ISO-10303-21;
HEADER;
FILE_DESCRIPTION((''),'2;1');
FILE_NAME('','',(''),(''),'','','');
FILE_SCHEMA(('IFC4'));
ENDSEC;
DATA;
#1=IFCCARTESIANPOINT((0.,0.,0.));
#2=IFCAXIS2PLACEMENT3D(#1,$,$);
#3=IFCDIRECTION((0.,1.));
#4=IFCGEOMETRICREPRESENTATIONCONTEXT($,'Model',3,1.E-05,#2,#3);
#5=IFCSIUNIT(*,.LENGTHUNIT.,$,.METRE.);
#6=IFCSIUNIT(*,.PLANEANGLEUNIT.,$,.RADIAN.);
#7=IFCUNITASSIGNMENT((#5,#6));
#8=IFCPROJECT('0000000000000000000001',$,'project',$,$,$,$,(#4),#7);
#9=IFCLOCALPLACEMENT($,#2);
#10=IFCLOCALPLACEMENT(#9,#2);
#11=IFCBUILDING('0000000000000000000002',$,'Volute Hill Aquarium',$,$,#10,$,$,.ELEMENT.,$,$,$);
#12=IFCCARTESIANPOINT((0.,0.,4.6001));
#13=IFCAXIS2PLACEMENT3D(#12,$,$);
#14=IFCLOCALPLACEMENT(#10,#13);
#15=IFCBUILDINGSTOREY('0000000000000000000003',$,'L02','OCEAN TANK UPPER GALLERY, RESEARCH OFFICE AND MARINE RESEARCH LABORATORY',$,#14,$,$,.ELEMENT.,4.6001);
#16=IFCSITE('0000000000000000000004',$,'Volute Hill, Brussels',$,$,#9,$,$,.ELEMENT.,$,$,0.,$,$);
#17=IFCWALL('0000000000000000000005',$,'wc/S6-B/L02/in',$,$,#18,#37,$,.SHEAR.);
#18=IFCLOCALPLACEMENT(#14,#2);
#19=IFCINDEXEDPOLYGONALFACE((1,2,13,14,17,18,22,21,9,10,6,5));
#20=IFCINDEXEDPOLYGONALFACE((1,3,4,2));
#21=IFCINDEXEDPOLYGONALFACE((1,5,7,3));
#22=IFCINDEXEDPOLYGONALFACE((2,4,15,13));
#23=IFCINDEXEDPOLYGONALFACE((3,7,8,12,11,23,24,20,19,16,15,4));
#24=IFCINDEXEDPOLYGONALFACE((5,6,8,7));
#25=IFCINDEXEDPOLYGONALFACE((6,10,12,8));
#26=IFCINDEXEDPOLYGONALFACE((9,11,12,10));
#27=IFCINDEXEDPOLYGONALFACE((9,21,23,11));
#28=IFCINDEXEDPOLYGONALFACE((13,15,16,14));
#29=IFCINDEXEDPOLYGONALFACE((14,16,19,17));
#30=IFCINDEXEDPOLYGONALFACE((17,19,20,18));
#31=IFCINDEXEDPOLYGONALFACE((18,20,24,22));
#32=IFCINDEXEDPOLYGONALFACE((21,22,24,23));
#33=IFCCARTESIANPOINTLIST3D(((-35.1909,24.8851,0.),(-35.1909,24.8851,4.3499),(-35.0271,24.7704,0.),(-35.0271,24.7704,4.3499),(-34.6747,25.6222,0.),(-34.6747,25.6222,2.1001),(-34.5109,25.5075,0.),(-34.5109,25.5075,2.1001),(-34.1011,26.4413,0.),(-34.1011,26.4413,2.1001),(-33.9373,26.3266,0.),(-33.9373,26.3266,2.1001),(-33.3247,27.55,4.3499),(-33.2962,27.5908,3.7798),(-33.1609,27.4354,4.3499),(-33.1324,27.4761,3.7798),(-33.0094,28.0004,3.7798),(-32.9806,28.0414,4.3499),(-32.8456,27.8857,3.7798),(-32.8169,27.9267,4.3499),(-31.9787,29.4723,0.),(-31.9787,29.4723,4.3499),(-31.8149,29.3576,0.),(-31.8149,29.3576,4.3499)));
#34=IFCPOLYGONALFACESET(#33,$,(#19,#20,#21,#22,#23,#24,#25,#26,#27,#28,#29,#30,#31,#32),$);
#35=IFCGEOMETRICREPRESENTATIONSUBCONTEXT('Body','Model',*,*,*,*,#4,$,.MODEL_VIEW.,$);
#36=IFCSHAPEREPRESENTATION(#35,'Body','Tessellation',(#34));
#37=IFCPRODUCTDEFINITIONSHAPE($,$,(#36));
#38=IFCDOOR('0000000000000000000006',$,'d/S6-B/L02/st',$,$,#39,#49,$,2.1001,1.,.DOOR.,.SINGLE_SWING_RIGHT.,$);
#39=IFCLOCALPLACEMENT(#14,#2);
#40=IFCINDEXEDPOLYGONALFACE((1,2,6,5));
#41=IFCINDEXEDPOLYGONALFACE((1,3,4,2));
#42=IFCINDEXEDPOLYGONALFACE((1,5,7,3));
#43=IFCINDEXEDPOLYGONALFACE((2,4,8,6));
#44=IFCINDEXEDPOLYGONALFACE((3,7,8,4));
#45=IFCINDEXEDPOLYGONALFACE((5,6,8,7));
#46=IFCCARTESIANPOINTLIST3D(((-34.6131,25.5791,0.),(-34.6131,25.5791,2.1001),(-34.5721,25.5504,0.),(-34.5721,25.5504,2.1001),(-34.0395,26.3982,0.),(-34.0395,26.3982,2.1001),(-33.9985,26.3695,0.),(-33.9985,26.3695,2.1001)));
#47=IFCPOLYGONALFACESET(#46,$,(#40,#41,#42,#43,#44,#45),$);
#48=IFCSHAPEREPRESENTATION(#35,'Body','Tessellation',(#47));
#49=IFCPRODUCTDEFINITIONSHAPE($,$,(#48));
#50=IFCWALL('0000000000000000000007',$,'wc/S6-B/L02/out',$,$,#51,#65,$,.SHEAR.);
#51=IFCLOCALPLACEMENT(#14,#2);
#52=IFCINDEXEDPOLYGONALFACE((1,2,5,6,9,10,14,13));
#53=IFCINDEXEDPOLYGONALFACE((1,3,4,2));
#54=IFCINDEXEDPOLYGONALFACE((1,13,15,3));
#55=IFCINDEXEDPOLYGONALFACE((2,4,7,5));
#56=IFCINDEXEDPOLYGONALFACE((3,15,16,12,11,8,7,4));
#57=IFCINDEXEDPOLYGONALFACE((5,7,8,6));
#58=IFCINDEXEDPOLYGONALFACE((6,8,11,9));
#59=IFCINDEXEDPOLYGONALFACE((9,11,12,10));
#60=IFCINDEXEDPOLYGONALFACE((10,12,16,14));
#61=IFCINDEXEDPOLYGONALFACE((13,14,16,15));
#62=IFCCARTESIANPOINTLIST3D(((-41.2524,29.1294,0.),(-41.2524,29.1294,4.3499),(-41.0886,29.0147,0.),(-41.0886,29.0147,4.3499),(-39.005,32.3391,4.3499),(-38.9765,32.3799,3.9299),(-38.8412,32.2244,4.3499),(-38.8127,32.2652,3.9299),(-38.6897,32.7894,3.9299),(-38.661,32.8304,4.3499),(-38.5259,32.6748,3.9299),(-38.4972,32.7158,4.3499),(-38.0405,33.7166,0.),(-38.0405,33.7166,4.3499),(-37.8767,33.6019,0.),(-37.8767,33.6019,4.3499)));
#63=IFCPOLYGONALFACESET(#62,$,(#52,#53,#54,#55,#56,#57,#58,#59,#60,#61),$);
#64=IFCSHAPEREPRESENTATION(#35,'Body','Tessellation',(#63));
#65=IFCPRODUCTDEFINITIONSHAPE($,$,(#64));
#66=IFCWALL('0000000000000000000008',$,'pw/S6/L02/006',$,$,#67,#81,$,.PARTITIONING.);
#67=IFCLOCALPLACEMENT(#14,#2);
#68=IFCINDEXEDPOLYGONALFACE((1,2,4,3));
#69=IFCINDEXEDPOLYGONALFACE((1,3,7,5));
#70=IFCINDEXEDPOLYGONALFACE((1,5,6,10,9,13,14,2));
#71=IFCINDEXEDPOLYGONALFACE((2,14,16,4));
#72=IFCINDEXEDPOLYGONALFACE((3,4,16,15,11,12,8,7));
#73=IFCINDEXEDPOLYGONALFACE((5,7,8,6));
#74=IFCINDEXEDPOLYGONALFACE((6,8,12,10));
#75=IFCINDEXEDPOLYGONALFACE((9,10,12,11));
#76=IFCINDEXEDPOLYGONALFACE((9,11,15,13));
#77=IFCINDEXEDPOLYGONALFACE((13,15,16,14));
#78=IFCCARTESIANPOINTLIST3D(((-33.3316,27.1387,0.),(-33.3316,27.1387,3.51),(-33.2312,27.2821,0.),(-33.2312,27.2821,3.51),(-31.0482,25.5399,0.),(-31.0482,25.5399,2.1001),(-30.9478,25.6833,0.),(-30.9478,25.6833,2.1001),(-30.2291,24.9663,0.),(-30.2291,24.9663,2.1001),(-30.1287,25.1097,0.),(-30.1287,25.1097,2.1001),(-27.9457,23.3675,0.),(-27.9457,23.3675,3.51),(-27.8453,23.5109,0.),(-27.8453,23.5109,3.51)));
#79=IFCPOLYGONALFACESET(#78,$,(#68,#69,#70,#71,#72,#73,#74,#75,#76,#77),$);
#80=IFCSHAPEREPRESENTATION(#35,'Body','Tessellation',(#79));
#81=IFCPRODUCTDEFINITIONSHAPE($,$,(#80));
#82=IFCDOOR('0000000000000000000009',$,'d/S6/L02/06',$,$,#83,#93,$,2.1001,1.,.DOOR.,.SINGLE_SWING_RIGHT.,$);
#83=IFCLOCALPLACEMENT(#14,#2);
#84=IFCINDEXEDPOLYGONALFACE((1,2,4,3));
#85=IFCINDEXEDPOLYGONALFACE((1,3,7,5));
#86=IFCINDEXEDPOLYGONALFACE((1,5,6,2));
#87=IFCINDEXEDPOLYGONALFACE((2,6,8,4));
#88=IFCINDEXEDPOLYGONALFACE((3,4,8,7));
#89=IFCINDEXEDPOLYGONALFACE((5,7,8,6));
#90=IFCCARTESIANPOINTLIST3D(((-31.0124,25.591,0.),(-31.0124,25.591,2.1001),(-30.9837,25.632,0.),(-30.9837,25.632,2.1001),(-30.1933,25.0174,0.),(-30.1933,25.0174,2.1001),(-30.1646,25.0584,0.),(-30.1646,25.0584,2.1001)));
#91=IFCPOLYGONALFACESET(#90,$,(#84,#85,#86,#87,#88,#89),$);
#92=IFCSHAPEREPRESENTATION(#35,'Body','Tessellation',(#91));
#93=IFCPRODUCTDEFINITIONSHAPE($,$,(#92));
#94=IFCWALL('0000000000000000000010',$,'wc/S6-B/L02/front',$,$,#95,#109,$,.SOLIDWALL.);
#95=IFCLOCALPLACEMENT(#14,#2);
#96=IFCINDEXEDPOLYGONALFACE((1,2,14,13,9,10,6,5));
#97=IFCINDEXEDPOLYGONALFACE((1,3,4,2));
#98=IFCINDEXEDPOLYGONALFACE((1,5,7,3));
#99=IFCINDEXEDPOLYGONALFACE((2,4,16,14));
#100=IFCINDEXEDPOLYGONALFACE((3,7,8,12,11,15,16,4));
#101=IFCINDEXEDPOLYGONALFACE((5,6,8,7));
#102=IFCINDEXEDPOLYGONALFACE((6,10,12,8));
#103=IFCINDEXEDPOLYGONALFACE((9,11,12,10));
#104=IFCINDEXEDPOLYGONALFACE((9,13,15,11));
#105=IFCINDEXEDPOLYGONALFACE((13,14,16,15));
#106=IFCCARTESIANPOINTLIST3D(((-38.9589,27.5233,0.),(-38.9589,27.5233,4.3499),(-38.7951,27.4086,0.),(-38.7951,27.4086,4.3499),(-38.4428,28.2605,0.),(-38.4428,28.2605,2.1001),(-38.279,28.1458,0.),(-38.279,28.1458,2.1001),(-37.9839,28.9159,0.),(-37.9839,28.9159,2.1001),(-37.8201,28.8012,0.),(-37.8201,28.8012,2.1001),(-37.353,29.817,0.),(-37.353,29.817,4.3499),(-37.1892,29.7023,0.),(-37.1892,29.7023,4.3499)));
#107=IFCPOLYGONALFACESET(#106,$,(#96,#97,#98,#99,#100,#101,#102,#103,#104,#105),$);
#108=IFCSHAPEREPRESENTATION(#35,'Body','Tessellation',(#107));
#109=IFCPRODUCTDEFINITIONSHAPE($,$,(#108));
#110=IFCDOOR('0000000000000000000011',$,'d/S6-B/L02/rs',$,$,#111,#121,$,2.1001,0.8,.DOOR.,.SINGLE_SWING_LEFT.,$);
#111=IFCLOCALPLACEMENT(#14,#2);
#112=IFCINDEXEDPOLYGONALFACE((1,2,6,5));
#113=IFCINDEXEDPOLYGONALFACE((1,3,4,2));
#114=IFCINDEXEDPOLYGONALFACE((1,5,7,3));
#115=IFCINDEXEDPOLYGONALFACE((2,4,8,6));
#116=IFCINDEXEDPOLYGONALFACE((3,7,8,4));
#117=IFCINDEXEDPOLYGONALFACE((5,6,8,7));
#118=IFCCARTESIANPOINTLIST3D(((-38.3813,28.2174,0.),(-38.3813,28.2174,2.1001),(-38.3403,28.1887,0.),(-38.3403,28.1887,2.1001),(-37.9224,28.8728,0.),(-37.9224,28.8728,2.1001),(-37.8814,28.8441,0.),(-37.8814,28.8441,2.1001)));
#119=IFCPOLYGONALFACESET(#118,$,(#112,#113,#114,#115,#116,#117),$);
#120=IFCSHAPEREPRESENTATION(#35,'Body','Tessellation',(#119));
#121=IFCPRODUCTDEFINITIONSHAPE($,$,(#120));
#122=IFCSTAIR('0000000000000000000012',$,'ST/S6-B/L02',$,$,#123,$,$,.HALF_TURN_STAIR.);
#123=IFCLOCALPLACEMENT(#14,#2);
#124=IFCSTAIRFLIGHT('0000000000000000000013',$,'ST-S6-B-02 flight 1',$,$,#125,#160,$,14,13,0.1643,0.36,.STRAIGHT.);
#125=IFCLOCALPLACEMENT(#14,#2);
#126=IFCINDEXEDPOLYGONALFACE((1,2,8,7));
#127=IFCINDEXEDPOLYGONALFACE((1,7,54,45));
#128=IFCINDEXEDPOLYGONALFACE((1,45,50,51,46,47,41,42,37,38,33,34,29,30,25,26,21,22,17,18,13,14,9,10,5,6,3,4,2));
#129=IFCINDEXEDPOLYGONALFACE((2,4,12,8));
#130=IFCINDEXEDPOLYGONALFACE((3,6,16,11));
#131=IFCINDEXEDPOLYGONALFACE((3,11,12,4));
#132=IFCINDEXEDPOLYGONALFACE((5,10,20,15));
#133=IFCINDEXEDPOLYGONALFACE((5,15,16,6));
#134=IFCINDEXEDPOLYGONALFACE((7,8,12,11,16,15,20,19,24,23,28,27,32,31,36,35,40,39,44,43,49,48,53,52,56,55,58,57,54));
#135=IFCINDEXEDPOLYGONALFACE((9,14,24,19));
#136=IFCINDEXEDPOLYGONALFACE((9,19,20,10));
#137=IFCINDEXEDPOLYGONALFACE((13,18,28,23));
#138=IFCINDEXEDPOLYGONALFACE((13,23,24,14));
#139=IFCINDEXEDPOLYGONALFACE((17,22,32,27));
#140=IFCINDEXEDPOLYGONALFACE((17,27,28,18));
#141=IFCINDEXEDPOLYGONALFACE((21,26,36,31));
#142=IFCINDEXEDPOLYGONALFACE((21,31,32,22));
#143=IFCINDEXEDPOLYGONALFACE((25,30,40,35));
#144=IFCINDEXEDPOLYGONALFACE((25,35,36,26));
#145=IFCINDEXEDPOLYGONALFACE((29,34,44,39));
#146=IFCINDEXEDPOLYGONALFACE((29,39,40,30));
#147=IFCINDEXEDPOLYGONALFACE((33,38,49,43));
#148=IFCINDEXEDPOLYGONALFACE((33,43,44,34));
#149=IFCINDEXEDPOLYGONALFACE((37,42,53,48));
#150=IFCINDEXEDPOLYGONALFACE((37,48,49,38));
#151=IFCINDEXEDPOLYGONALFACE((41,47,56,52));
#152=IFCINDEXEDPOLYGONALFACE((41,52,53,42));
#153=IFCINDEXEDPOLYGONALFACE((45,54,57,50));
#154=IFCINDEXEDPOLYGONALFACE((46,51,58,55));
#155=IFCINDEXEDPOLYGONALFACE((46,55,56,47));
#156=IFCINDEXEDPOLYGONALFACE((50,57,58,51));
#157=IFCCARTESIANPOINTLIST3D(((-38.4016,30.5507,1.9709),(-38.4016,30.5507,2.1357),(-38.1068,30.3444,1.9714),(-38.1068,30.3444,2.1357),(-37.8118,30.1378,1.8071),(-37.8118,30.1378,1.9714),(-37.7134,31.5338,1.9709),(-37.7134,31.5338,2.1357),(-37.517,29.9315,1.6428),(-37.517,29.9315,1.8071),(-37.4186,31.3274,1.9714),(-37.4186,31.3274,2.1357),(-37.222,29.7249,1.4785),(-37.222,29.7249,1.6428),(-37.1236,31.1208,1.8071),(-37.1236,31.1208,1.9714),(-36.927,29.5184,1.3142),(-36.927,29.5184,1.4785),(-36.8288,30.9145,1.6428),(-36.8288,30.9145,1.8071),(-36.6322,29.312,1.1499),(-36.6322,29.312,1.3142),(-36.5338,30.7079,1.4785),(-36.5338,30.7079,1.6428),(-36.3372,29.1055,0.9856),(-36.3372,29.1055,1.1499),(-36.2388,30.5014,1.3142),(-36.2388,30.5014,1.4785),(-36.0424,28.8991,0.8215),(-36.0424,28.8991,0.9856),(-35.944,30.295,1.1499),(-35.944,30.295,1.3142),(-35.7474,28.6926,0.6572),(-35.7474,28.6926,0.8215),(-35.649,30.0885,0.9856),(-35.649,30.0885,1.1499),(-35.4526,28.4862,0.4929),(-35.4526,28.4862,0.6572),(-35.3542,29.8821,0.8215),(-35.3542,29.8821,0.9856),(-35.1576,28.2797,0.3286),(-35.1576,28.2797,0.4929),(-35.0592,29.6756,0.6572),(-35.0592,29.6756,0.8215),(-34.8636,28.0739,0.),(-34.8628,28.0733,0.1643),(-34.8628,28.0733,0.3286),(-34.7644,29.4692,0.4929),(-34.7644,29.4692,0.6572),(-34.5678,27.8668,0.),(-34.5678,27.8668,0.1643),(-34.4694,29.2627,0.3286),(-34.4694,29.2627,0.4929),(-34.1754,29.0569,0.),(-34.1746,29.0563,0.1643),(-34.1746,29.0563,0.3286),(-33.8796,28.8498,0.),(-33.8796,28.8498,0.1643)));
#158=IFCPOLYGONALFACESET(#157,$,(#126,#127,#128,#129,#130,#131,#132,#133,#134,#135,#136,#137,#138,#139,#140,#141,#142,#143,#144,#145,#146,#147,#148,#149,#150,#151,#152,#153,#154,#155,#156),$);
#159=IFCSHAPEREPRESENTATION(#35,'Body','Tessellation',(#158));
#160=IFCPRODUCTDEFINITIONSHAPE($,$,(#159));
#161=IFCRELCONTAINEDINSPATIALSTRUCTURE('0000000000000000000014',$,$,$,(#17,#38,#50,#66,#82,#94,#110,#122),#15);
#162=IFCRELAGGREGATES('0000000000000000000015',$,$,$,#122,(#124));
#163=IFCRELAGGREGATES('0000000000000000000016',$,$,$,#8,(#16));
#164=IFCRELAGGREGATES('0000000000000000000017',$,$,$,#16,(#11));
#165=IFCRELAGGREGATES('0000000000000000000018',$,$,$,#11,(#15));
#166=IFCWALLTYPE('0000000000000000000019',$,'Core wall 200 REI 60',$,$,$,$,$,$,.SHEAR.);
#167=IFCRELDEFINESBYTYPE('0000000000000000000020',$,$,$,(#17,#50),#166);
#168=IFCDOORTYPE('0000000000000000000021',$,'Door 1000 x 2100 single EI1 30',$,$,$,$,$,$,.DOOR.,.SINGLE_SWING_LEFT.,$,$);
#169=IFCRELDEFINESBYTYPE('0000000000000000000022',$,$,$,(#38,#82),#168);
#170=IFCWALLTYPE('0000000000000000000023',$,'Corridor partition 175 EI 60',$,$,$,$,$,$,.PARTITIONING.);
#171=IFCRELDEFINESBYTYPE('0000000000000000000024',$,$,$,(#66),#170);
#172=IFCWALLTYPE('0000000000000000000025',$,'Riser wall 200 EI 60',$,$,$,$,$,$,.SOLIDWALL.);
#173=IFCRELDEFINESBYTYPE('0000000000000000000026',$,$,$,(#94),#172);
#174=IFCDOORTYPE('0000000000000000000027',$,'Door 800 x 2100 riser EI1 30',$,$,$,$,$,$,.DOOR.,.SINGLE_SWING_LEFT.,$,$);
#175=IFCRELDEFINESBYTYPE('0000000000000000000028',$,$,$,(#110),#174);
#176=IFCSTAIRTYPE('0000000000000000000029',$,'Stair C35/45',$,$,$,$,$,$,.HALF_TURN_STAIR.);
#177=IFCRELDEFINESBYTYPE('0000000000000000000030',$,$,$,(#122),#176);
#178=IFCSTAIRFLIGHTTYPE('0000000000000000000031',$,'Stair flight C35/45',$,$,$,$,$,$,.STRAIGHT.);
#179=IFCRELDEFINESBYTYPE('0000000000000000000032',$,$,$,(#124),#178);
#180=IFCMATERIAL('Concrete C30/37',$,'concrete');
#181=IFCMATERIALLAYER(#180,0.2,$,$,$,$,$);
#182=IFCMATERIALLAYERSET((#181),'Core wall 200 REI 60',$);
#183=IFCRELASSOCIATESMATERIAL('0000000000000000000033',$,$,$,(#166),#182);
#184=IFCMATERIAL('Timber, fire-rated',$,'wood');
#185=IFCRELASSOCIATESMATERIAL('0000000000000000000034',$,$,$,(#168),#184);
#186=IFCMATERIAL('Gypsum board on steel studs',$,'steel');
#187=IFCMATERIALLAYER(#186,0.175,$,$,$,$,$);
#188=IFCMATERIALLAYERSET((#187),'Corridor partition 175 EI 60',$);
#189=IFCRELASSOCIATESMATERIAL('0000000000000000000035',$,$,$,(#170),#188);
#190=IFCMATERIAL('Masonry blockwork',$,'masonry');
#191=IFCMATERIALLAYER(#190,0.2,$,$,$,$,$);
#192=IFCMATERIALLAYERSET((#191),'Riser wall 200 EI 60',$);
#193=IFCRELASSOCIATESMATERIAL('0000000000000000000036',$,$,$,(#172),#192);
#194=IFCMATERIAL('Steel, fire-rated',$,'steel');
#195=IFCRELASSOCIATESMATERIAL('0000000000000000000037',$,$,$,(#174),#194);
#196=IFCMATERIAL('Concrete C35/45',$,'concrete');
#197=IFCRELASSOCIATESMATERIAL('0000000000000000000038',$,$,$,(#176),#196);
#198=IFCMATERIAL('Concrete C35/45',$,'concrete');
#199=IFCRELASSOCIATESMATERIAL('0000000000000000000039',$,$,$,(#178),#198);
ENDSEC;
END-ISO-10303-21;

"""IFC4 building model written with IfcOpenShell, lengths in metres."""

from ifc_helpers import new_model, si_unit, direction, frame, frame_2d, origin, place, context, subcontext, project, spatial, polyline, rectangle, outline, extrude, material, layer, layer_set, type_object, element, fill, aggregate, save


model = new_model("IFC4")

# Units and contexts
model_context = context("Model", 3, precision=1e-05, world=origin(), true_north=direction((0.0, 1.0)))
body_context = subcontext(model_context, "Body", "Model", "MODEL_VIEW")
ifc_project = project(units=[si_unit("LENGTHUNIT", "METRE"), si_unit("PLANEANGLEUNIT", "RADIAN")], contexts=[model_context])

# Site, building, storey
site_placement = place(None, origin())
site = spatial("IfcSite", under=ifc_project, at=site_placement, Name="Volute Hill, Brussels", CompositionType="ELEMENT", RefElevation=0.0)
building_placement = place(site_placement, origin())
building = spatial("IfcBuilding", under=site, at=building_placement, Name="Volute Hill Aquarium", CompositionType="ELEMENT")
storey_placement = place(building_placement, frame((0.0, 0.0, 4.6001)))
storey = spatial("IfcBuildingStorey", under=building, at=storey_placement, Name="L02", Description="OCEAN TANK UPPER GALLERY, RESEARCH OFFICE AND MARINE RESEARCH LABORATORY", CompositionType="ELEMENT", Elevation=4.6001)

# Wall, opening, door
ifc_material_1 = material(Name="Concrete C30/37", Category="concrete")
ifc_layer_1 = layer(ifc_material_1, 0.2)
ifc_layer_set_1 = layer_set([ifc_layer_1], Name="Core wall 200 REI 60")
wall_type_1 = type_object("IfcWallType", Name="Core wall 200 REI 60", PredefinedType="SHEAR", material=ifc_layer_set_1)
wall_1_placement = place(storey_placement, frame((-35.1089, 24.8276, 0.0), z_axis=(0.0, 0.0, 1.0), x_axis=(0.5736, 0.819136, 0.0)))
wall_1 = element("IfcWall", 1, at=wall_1_placement, inside=storey, type_object=wall_type_1, Name="wc/S6-B/L02/in", PredefinedType="SHEAR", context=body_context, shape_type="SweptSolid", body=[
    extrude(outline(polyline([(0.0, 0.0), (5.6001, 0.0), (5.6001, 4.3499), (3.8533, 4.3499), (3.8032, 3.7798), (3.3032, 3.7798), (3.2534, 4.3499), (0.0, 4.3499), (0.0, 0.0)])), frame((0.0, 0.1001, 0.0), z_axis=(0.0, -1.0, 0.0), x_axis=(1.0, 0.0, 0.0)), (0.0, 0.0, 1.0), 0.2),
])
opening_1_placement = place(wall_1_placement, frame((0.8999, 0.0, 0.0)))
opening_1 = element("IfcOpeningElement", 2, at=opening_1_placement, cuts=wall_1, PredefinedType="OPENING", context=body_context, shape_type="SweptSolid", body=[
    extrude(rectangle(XDim=1.0, YDim=2.1001, at=frame_2d((0.5, 1.05))), frame((0.0, 0.1099, 0.0), z_axis=(0.0, -1.0, 0.0), x_axis=(1.0, 0.0, 0.0)), (0.0, 0.0, 1.0), 0.22),
])
ifc_material_2 = material(Name="Timber, fire-rated", Category="wood")
door_type_1 = type_object("IfcDoorType", Name="Door 1000 x 2100 single EI1 30", OperationType="SINGLE_SWING_LEFT", PredefinedType="DOOR", material=ifc_material_2)
door_1_placement = place(opening_1_placement, origin())
door_1 = element("IfcDoor", 3, at=door_1_placement, inside=storey, type_object=door_type_1, Name="d/S6-B/L02/st", OperationType="SINGLE_SWING_RIGHT", OverallHeight=2.1001, OverallWidth=1.0, PredefinedType="DOOR", context=body_context, shape_type="SweptSolid", body=[
    extrude(rectangle(XDim=1.0, YDim=2.1001, at=frame_2d((0.5, 1.05))), frame((0.0, 0.0249, 0.0), z_axis=(0.0, -1.0, 0.0), x_axis=(1.0, 0.0, 0.0)), (0.0, 0.0, 1.0), 0.05),
])
fill(opening_1, door_1)

# Wall
wall_2_placement = place(storey_placement, frame((-41.1704, 29.072, 0.0), z_axis=(0.0, 0.0, 1.0), x_axis=(0.573571, 0.819156, 0.0)))
element("IfcWall", 4, at=wall_2_placement, inside=storey, type_object=wall_type_1, Name="wc/S6-B/L02/out", PredefinedType="SHEAR", context=body_context, shape_type="SweptSolid", body=[
    extrude(outline(polyline([(0.0, 0.0), (5.5999, 0.0), (5.5999, 4.3499), (4.5181, 4.3499), (4.468, 3.9299), (3.968, 3.9299), (3.9182, 4.3499), (0.0, 4.3499), (0.0, 0.0)])), frame((0.0, 0.1001, 0.0), z_axis=(0.0, -1.0, 0.0), x_axis=(1.0, 0.0, 0.0)), (0.0, 0.0, 1.0), 0.2),
])

# Walls, openings, doors
ifc_material_3 = material(Name="Gypsum board on steel studs", Category="steel")
ifc_layer_2 = layer(ifc_material_3, 0.175)
ifc_layer_set_2 = layer_set([ifc_layer_2], Name="Corridor partition 175 EI 60")
wall_type_2 = type_object("IfcWallType", Name="Corridor partition 175 EI 60", PredefinedType="PARTITIONING", material=ifc_layer_set_2)
wall_3_placement = place(storey_placement, frame((-33.2815, 27.2104, 0.0), z_axis=(0.0, 0.0, 1.0), x_axis=(0.819157, -0.573569, 0.0)))
wall_3 = element("IfcWall", 5, at=wall_3_placement, inside=storey, type_object=wall_type_2, Name="pw/S6/L02/006", PredefinedType="PARTITIONING", context=body_context, shape_type="SweptSolid", body=[
    extrude(rectangle(XDim=6.575, YDim=0.175, at=frame_2d((3.2876, 0.0))), origin(), (0.0, 0.0, 1.0), 3.51),
])
opening_2_placement = place(wall_3_placement, frame((2.7876, 0.0, 0.0)))
opening_2 = element("IfcOpeningElement", 6, at=opening_2_placement, cuts=wall_3, PredefinedType="OPENING", context=body_context, shape_type="SweptSolid", body=[
    extrude(rectangle(XDim=1.0, YDim=2.1001, at=frame_2d((0.5, 1.05))), frame((0.0, 0.0974, 0.0), z_axis=(0.0, -1.0, 0.0), x_axis=(1.0, 0.0, 0.0)), (0.0, 0.0, 1.0), 0.1951),
])
door_2_placement = place(opening_2_placement, origin())
door_2 = element("IfcDoor", 7, at=door_2_placement, inside=storey, type_object=door_type_1, Name="d/S6/L02/06", OperationType="SINGLE_SWING_RIGHT", OverallHeight=2.1001, OverallWidth=1.0, PredefinedType="DOOR", context=body_context, shape_type="SweptSolid", body=[
    extrude(rectangle(XDim=1.0, YDim=2.1001, at=frame_2d((0.5, 1.05))), frame((0.0, 0.0249, 0.0), z_axis=(0.0, -1.0, 0.0), x_axis=(1.0, 0.0, 0.0)), (0.0, 0.0, 1.0), 0.05),
])
fill(opening_2, door_2)
ifc_material_4 = material(Name="Masonry blockwork", Category="masonry")
ifc_layer_3 = layer(ifc_material_4, 0.2)
ifc_layer_set_3 = layer_set([ifc_layer_3], Name="Riser wall 200 EI 60")
wall_type_3 = type_object("IfcWallType", Name="Riser wall 200 EI 60", PredefinedType="SOLIDWALL", material=ifc_layer_set_3)
wall_4_placement = place(storey_placement, frame((-38.877, 27.4661, 0.0), z_axis=(0.0, 0.0, 1.0), x_axis=(0.57355, 0.81917, 0.0)))
wall_4 = element("IfcWall", 8, at=wall_4_placement, inside=storey, type_object=wall_type_3, Name="wc/S6-B/L02/front", PredefinedType="SOLIDWALL", context=body_context, shape_type="SweptSolid", body=[
    extrude(rectangle(XDim=2.8, YDim=0.2, at=frame_2d((1.3999, 0.0))), origin(), (0.0, 0.0, 1.0), 4.3499),
])
opening_3_placement = place(wall_4_placement, frame((0.8999, 0.0, 0.0)))
opening_3 = element("IfcOpeningElement", 9, at=opening_3_placement, cuts=wall_4, PredefinedType="OPENING", context=body_context, shape_type="SweptSolid", body=[
    extrude(rectangle(XDim=0.8, YDim=2.1001, at=frame_2d((0.3999, 1.05))), frame((0.0, 0.1099, 0.0), z_axis=(0.0, -1.0, 0.0), x_axis=(1.0, 0.0, 0.0)), (0.0, 0.0, 1.0), 0.22),
])
ifc_material_5 = material(Name="Steel, fire-rated", Category="steel")
door_type_2 = type_object("IfcDoorType", Name="Door 800 x 2100 riser EI1 30", OperationType="SINGLE_SWING_LEFT", PredefinedType="DOOR", material=ifc_material_5)
door_3_placement = place(opening_3_placement, origin())
door_3 = element("IfcDoor", 10, at=door_3_placement, inside=storey, type_object=door_type_2, Name="d/S6-B/L02/rs", OperationType="SINGLE_SWING_LEFT", OverallHeight=2.1001, OverallWidth=0.8, PredefinedType="DOOR", context=body_context, shape_type="SweptSolid", body=[
    extrude(rectangle(XDim=0.8, YDim=2.1001, at=frame_2d((0.3999, 1.05))), frame((0.0, 0.0249, 0.0), z_axis=(0.0, -1.0, 0.0), x_axis=(1.0, 0.0, 0.0)), (0.0, 0.0, 1.0), 0.05),
])
fill(opening_3, door_3)

# Stair, stair flight
ifc_material_6 = material(Name="Concrete C35/45", Category="concrete")
stair_type = type_object("IfcStairType", Name="Stair C35/45", PredefinedType="HALF_TURN_STAIR", material=ifc_material_6)
stair_placement = place(storey_placement, origin())
stair = element("IfcStair", 11, at=stair_placement, inside=storey, type_object=stair_type, Name="ST/S6-B/L02", PredefinedType="HALF_TURN_STAIR")
ifc_material_7 = material(Name="Concrete C35/45", Category="concrete")
stair_flight_type = type_object("IfcStairFlightType", Name="Stair flight C35/45", PredefinedType="STRAIGHT", material=ifc_material_7)
stair_flight_placement = place(storey_placement, frame((-34.2236, 28.3584, 0.0), z_axis=(0.0, 0.0, 1.0), x_axis=(-0.819204, 0.573503, 0.0)))
stair_flight = element("IfcStairFlight", 12, at=stair_flight_placement, type_object=stair_flight_type, Name="ST-S6-B-02 flight 1", NumberOfRisers=14, NumberOfTreads=13, PredefinedType="STRAIGHT", RiserHeight=0.1643, TreadLength=0.36, context=body_context, shape_type="SweptSolid", body=[
    extrude(outline(polyline([(0.0, 0.0), (0.0, 0.1643), (0.3601, 0.1643), (0.3601, 0.3286), (0.72, 0.3286), (0.72, 0.4929), (1.0801, 0.4929), (1.0801, 0.6572), (1.4399, 0.6572), (1.4399, 0.8215), (1.8, 0.8215), (1.8, 0.9856), (2.1599, 0.9856), (2.1599, 1.1499), (2.52, 1.1499), (2.52, 1.3142), (2.8799, 1.3142), (2.8799, 1.4785), (3.24, 1.4785), (3.24, 1.6428), (3.6001, 1.6428), (3.6001, 1.8071), (3.96, 1.8071), (3.96, 1.9714), (4.3201, 1.9714), (4.3201, 2.1357), (4.6799, 2.1357), (4.6799, 2.3), (4.6799, 1.9709), (0.3611, 0.0), (0.0, 0.0)])), frame((0.0, 0.6001, 0.0), z_axis=(0.0, -1.0, 0.0), x_axis=(1.0, 0.0, 0.0)), (0.0, 0.0, 1.0), 1.2),
])
aggregate(stair, [stair_flight])

save(model, "model.ifc")
